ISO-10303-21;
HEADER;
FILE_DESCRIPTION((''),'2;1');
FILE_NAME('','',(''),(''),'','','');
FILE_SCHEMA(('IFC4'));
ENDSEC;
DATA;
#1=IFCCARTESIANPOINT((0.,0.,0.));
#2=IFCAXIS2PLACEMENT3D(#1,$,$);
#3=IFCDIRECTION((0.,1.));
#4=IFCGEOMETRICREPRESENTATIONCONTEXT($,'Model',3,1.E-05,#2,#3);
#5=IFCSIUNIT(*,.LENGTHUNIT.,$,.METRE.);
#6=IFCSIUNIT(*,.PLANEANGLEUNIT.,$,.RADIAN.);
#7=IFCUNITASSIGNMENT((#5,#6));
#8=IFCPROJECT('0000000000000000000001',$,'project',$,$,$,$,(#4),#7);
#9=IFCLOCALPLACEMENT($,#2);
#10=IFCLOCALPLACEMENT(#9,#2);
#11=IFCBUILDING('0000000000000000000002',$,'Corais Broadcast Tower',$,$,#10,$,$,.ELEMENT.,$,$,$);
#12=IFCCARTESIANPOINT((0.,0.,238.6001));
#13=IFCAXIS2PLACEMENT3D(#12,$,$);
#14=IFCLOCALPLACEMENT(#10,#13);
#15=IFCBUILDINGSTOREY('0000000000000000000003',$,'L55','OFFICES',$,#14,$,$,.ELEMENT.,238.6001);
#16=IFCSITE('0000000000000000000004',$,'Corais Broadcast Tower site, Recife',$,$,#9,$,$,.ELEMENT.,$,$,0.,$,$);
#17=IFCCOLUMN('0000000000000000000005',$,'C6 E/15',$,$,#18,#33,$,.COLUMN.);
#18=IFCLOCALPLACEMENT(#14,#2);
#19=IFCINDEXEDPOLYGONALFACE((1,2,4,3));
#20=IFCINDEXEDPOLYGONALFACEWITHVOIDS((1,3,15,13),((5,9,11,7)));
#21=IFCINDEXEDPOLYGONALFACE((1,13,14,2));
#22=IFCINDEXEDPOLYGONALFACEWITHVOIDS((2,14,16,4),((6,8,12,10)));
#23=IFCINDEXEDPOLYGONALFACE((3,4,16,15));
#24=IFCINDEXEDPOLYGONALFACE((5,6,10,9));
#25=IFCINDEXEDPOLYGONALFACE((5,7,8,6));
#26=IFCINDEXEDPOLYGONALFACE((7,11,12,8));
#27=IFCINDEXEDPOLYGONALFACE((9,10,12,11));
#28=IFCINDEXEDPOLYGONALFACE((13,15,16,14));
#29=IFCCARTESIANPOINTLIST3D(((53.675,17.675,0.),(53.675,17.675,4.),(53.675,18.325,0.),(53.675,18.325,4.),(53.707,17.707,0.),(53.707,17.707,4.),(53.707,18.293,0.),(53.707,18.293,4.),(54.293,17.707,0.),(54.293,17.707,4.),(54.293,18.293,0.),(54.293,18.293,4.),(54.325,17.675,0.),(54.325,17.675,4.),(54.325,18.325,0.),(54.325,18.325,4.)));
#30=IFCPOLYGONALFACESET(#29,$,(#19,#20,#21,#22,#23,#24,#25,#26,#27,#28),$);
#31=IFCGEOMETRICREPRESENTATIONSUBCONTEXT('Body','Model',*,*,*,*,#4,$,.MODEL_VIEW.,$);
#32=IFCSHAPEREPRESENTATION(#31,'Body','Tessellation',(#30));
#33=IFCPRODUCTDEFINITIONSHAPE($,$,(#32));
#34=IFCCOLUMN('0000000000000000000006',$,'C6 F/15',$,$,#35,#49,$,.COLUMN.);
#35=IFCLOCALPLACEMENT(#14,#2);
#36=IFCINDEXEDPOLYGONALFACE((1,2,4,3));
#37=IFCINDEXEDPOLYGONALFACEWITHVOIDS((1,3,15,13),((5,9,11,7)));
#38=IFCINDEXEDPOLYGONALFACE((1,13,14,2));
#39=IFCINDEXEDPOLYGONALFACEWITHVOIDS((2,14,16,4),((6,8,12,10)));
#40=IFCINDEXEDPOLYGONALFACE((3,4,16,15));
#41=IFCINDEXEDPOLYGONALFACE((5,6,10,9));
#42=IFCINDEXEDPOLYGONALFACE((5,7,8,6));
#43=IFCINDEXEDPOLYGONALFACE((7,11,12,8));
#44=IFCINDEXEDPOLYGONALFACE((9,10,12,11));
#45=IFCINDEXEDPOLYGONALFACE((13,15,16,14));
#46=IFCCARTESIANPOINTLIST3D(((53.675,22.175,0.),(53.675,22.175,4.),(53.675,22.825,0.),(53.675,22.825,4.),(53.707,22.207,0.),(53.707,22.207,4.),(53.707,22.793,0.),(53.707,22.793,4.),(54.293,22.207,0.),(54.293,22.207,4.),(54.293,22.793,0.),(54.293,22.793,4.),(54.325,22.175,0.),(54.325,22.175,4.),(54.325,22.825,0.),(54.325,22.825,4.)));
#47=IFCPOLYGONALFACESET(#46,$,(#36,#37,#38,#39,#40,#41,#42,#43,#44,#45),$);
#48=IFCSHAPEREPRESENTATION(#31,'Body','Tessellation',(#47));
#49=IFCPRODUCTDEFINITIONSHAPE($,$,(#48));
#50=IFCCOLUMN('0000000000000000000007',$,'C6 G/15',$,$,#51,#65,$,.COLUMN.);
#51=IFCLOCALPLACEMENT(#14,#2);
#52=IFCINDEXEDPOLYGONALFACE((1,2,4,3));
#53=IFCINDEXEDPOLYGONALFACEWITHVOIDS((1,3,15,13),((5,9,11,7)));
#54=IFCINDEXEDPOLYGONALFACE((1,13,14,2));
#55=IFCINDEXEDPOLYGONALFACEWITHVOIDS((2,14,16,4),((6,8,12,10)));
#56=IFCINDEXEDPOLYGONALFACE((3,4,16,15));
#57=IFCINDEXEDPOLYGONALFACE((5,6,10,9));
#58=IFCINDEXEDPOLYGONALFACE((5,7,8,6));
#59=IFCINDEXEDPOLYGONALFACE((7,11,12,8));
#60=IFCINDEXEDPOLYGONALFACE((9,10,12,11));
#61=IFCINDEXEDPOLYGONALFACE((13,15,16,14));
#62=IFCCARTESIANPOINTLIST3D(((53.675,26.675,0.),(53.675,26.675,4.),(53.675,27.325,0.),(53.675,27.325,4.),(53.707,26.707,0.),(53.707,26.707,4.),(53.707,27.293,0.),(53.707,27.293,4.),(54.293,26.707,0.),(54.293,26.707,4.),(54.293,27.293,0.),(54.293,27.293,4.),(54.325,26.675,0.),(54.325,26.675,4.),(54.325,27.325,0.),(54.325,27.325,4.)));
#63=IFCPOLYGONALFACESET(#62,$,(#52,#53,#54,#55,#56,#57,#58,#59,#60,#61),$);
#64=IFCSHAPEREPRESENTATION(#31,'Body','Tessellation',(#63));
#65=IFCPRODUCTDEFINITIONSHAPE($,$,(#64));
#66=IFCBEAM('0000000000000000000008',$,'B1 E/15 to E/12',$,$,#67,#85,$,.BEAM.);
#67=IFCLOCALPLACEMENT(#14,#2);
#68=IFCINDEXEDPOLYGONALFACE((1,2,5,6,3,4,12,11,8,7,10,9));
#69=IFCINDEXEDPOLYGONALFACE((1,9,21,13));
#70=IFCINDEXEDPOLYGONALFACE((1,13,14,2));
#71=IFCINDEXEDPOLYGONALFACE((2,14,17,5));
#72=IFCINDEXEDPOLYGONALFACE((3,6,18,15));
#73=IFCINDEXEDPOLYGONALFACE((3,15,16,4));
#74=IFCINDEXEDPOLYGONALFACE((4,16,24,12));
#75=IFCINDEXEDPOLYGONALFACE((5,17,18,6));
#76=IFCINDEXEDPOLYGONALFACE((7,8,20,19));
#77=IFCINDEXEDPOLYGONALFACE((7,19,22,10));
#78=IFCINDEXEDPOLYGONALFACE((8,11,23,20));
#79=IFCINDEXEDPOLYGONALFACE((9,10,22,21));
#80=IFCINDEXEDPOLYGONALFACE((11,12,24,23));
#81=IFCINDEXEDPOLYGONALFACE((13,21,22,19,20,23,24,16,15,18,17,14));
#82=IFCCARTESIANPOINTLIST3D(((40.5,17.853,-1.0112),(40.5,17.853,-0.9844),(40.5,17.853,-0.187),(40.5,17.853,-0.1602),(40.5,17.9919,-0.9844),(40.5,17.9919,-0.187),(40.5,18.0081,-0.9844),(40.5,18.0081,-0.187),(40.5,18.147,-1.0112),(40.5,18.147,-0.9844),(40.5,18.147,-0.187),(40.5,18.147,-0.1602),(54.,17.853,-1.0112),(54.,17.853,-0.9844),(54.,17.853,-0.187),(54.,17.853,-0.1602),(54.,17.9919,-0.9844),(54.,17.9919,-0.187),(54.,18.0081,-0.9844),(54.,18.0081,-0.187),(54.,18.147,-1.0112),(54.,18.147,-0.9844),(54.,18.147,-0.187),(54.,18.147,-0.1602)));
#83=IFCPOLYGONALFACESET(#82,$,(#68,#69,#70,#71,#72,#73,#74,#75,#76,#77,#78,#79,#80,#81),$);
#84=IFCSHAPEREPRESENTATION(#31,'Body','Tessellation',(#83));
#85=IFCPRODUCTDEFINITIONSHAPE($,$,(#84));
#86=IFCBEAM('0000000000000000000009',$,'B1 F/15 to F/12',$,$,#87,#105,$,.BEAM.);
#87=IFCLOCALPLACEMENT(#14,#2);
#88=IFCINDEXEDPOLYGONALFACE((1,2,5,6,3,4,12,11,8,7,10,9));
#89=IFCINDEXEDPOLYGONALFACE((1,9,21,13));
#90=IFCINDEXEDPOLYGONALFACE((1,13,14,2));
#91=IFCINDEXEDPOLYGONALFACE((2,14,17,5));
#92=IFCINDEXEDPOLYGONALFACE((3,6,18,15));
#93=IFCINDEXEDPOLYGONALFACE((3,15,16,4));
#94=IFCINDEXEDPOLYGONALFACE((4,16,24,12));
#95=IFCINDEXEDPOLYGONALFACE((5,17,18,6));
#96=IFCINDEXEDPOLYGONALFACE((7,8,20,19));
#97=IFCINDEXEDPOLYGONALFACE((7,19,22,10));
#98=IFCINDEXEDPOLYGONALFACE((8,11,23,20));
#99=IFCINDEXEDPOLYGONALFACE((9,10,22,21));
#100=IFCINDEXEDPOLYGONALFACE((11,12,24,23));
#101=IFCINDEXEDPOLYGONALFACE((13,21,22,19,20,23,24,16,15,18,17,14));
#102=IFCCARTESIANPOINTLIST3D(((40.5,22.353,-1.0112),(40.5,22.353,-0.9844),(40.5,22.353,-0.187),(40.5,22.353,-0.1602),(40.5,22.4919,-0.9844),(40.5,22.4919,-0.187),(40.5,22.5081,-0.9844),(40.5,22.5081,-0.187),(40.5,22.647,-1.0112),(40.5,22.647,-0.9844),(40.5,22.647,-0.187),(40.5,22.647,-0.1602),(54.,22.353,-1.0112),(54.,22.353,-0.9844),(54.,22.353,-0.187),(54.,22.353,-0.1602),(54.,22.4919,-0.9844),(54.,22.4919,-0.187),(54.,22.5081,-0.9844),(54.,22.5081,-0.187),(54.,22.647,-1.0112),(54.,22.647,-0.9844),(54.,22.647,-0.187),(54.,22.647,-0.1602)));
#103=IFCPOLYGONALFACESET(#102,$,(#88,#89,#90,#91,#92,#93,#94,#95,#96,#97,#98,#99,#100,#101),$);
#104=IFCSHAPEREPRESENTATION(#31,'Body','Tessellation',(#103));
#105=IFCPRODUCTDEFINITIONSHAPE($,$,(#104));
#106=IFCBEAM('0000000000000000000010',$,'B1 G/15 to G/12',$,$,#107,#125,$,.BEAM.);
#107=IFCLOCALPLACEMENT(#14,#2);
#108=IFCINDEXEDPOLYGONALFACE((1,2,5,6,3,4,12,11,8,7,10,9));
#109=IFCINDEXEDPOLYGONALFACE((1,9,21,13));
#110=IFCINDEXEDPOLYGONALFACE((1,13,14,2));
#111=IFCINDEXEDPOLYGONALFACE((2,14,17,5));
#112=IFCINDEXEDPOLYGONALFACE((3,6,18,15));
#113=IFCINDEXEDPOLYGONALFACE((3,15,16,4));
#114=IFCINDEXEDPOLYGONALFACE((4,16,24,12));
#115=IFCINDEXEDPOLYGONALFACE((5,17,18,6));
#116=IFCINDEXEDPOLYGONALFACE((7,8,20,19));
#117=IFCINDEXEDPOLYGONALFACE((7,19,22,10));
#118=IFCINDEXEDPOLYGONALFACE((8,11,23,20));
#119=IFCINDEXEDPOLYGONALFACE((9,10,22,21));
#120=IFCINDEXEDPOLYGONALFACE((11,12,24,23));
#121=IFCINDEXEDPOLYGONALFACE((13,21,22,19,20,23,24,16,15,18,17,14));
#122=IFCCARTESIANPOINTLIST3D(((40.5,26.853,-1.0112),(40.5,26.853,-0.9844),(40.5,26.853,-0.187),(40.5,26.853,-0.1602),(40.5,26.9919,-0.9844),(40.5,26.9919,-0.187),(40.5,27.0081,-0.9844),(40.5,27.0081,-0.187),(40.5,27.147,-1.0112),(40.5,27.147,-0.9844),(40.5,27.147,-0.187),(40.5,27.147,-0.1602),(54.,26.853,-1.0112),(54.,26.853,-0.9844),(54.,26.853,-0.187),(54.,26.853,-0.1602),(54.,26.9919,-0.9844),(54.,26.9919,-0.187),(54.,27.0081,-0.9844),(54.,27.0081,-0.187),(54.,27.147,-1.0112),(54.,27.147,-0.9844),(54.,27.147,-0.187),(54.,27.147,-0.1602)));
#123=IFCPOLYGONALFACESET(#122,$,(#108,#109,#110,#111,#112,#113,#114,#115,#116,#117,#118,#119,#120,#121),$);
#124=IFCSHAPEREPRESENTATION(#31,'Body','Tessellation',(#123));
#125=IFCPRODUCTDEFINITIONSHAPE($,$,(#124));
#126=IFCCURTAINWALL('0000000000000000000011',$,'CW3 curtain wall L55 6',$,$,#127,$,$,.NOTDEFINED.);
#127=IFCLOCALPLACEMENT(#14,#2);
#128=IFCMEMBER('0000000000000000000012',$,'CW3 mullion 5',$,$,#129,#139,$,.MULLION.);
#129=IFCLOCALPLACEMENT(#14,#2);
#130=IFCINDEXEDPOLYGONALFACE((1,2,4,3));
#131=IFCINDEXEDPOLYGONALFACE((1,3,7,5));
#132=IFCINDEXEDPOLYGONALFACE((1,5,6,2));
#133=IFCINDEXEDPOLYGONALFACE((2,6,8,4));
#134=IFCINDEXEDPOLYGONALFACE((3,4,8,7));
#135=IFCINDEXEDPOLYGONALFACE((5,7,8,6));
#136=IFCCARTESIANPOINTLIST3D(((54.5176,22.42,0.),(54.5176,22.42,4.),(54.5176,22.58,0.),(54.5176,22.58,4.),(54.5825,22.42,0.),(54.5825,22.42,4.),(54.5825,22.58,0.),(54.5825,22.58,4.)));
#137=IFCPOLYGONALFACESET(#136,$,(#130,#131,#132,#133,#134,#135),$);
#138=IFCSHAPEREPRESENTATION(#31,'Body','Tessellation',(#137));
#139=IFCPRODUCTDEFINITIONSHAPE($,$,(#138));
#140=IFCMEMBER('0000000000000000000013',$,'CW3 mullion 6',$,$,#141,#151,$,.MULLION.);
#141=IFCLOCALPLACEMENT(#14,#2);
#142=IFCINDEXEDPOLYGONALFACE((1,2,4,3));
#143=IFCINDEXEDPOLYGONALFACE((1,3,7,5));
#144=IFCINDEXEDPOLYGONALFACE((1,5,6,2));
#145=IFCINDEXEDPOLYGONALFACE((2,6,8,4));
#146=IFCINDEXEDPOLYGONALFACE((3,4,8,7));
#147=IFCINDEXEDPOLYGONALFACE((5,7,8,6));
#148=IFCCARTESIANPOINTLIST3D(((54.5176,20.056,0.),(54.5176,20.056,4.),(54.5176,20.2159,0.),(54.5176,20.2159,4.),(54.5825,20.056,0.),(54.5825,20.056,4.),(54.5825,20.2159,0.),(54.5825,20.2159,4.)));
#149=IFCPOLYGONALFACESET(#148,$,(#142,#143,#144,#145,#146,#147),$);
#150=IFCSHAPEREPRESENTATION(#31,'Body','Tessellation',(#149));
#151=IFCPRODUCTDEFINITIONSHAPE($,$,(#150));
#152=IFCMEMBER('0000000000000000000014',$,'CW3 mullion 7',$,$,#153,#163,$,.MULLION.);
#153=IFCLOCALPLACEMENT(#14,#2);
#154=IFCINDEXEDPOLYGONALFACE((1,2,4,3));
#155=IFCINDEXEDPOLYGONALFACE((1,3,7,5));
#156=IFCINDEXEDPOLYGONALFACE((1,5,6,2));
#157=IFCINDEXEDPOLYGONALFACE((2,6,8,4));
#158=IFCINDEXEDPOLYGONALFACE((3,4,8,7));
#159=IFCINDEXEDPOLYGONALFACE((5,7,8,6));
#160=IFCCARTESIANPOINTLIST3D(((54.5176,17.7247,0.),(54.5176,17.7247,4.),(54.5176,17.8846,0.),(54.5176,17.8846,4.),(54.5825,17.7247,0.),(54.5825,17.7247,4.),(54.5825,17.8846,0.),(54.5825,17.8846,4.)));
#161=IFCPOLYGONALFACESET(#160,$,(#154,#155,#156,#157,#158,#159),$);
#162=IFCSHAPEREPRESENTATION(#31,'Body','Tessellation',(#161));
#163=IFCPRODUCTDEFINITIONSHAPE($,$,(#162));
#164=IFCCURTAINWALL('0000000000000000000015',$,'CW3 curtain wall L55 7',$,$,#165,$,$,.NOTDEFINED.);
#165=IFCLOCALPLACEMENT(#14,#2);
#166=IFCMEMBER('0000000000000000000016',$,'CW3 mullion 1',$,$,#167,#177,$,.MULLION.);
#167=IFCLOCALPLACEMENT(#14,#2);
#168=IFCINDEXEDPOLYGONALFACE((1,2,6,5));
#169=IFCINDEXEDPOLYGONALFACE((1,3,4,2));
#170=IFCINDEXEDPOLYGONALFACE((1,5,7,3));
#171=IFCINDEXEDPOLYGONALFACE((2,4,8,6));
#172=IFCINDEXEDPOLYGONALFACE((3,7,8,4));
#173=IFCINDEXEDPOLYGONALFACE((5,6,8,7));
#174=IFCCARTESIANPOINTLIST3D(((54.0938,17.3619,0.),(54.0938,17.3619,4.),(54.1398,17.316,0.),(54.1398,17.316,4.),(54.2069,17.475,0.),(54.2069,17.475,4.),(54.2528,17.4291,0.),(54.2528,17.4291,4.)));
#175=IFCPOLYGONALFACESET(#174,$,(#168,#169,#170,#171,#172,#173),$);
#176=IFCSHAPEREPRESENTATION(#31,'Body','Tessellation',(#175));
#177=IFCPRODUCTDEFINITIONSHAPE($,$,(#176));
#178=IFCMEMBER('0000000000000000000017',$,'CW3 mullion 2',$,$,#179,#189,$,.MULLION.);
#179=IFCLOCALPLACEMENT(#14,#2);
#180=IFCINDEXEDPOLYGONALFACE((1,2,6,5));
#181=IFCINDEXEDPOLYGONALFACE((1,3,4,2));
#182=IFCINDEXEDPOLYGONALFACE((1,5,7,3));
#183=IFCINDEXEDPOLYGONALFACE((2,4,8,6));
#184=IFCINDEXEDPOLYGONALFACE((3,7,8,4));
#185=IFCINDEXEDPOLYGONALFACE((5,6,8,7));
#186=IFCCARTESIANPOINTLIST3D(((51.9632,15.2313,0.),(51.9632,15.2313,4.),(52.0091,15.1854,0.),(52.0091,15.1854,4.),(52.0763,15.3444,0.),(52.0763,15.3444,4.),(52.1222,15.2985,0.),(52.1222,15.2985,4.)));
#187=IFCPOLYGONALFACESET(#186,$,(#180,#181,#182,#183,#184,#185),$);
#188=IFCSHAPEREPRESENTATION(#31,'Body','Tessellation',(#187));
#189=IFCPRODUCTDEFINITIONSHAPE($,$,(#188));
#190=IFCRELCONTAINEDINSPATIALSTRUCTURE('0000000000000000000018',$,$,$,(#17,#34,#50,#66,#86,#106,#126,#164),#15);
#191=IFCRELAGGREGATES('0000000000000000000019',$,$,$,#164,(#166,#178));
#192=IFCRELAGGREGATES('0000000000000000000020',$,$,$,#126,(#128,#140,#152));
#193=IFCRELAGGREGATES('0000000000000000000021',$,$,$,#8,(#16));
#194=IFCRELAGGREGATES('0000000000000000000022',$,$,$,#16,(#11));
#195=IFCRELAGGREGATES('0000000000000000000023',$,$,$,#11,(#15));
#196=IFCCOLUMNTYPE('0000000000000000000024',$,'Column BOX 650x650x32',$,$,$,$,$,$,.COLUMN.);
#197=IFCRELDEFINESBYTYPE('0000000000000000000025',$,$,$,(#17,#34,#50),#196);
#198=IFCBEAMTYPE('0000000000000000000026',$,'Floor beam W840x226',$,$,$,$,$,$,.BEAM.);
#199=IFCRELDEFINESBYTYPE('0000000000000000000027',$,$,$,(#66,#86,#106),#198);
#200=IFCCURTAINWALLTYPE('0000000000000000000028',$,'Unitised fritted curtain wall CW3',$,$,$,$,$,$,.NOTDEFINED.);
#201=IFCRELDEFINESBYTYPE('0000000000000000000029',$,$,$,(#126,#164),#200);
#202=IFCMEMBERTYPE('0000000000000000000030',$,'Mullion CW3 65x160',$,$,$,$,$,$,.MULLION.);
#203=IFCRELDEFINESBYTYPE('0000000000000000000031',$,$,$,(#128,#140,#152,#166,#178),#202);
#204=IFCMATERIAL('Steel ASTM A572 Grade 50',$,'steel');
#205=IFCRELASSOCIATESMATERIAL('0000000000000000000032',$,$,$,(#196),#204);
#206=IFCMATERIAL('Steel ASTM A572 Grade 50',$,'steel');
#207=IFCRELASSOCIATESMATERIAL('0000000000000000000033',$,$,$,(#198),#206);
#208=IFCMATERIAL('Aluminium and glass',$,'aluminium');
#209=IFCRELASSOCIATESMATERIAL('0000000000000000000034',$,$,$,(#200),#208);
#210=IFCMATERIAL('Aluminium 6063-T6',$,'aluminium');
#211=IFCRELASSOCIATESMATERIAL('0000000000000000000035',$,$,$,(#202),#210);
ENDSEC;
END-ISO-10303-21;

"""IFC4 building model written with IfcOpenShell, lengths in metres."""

from ifc_helpers import new_model, si_unit, direction, frame, origin, origin_2d, place, context, subcontext, project, spatial, rectangle, hollow_rectangle, i_section, extrude, material, material_profile, profile_set, type_object, element, aggregate, save


model = new_model("IFC4")

# Units and contexts
model_context = context("Model", 3, precision=1e-05, world=origin(), true_north=direction((0.0, 1.0)))
body_context = subcontext(model_context, "Body", "Model", "MODEL_VIEW")
ifc_project = project(units=[si_unit("LENGTHUNIT", "METRE"), si_unit("PLANEANGLEUNIT", "RADIAN")], contexts=[model_context])

# Site, building, storey
site_placement = place(None, origin())
site = spatial("IfcSite", under=ifc_project, at=site_placement, Name="Corais Broadcast Tower site, Recife", CompositionType="ELEMENT", RefElevation=0.0)
building_placement = place(site_placement, origin())
building = spatial("IfcBuilding", under=site, at=building_placement, Name="Corais Broadcast Tower", CompositionType="ELEMENT")
storey_placement = place(building_placement, frame((0.0, 0.0, 238.6001)))
storey = spatial("IfcBuildingStorey", under=building, at=storey_placement, Name="L55", Description="OFFICES", CompositionType="ELEMENT", Elevation=238.6001)

# Columns
ifc_material_1 = material(Name="Steel ASTM A572 Grade 50", Category="steel")
ifc_material_profile_1 = material_profile(ifc_material_1, hollow_rectangle(XDim=0.6499, YDim=0.6499, WallThickness=0.032, at=origin_2d()), Name="BOX 650x650x32")
ifc_profile_set_1 = profile_set([ifc_material_profile_1], Name="Steel ASTM A572 Grade 50")
column_type = type_object("IfcColumnType", Name="Column BOX 650x650x32", PredefinedType="COLUMN", material=ifc_profile_set_1)
for number, where, z_axis, x_axis, name in (
    (1, (54.0, 18.0, 0.0), (0.0, 0.0, 1.0), (1.0, 0.0, 0.0), "C6 E/15"),
    (2, (54.0, 22.5, 0.0), (0.0, 0.0, 1.0), (1.0, 0.0, 0.0), "C6 F/15"),
    (3, (54.0, 27.0, 0.0), (0.0, 0.0, 1.0), (1.0, 0.0, 0.0), "C6 G/15"),
):
    element("IfcColumn", number, at=place(storey_placement, frame(where, z_axis=z_axis, x_axis=x_axis)), inside=storey, type_object=column_type, Name=name, PredefinedType="COLUMN", context=body_context, shape_type="SweptSolid", body=[
        extrude(hollow_rectangle(XDim=0.6499, YDim=0.6499, WallThickness=0.032, at=origin_2d()), origin(), (0.0, 0.0, 1.0), 4.0),
    ])

# Beams
ifc_material_2 = material(Name="Steel ASTM A572 Grade 50", Category="steel")
ifc_material_profile_2 = material_profile(ifc_material_2, i_section(OverallWidth=0.2939, OverallDepth=0.8511, WebThickness=0.0161, FlangeThickness=0.0269, at=origin_2d()), Name="W840x226")
ifc_profile_set_2 = profile_set([ifc_material_profile_2], Name="Steel ASTM A572 Grade 50")
beam_type_1 = type_object("IfcBeamType", Name="Floor beam W840x226", PredefinedType="BEAM", material=ifc_profile_set_2)
for number, where, z_axis, x_axis, name in (
    (4, (54.0, 18.0, -0.5857), (-1.0, 0.0, 0.0), (0.0, -1.0, 0.0), "B1 E/15 to E/12"),
    (5, (54.0, 22.5, -0.5857), (-1.0, 0.0, 0.0), (0.0, -1.0, 0.0), "B1 F/15 to F/12"),
    (6, (54.0, 27.0, -0.5857), (-1.0, 0.0, 0.0), (0.0, -1.0, 0.0), "B1 G/15 to G/12"),
):
    element("IfcBeam", number, at=place(storey_placement, frame(where, z_axis=z_axis, x_axis=x_axis)), inside=storey, type_object=beam_type_1, Name=name, PredefinedType="BEAM", context=body_context, shape_type="SweptSolid", body=[
        extrude(i_section(OverallWidth=0.2939, OverallDepth=0.8511, WebThickness=0.0161, FlangeThickness=0.0269, at=origin_2d()), origin(), (0.0, 0.0, 1.0), 13.5),
    ])

# Curtain walls, members
ifc_material_3 = material(Name="Aluminium and glass", Category="aluminium")
curtain_wall_type = type_object("IfcCurtainWallType", Name="Unitised fritted curtain wall CW3", PredefinedType="NOTDEFINED", material=ifc_material_3)
curtain_wall_1_placement = place(storey_placement, origin())
curtain_wall_1 = element("IfcCurtainWall", 7, at=curtain_wall_1_placement, inside=storey, type_object=curtain_wall_type, Name="CW3 curtain wall L55 6", PredefinedType="NOTDEFINED")
ifc_material_4 = material(Name="Aluminium 6063-T6", Category="aluminium")
ifc_material_profile_3 = material_profile(ifc_material_4, rectangle(XDim=0.0649, YDim=0.1599, at=origin_2d()), Name="Mullion CW3 65x160")
ifc_profile_set_3 = profile_set([ifc_material_profile_3], Name="Aluminium 6063-T6")
member_type_1 = type_object("IfcMemberType", Name="Mullion CW3 65x160", PredefinedType="MULLION", material=ifc_profile_set_3)
member_1_placement = place(storey_placement, frame((54.55, 22.5, 0.0), z_axis=(0.0, 0.0, 1.0), x_axis=(1.0, 0.0, 0.0)))
member_1 = element("IfcMember", 8, at=member_1_placement, type_object=member_type_1, Name="CW3 mullion 5", PredefinedType="MULLION", context=body_context, shape_type="SweptSolid", body=[
    extrude(rectangle(XDim=0.0649, YDim=0.1599, at=origin_2d()), origin(), (0.0, 0.0, 1.0), 4.0),
])
member_2_placement = place(storey_placement, frame((54.55, 20.136, 0.0), z_axis=(0.0, 0.0, 1.0), x_axis=(1.0, 0.0, 0.0)))
member_2 = element("IfcMember", 9, at=member_2_placement, type_object=member_type_1, Name="CW3 mullion 6", PredefinedType="MULLION", context=body_context, shape_type="SweptSolid", body=[
    extrude(rectangle(XDim=0.0649, YDim=0.1599, at=origin_2d()), origin(), (0.0, 0.0, 1.0), 4.0),
])
member_3_placement = place(storey_placement, frame((54.55, 17.8047, 0.0), z_axis=(0.0, 0.0, 1.0), x_axis=(1.0, 0.0, 0.0)))
member_3 = element("IfcMember", 10, at=member_3_placement, type_object=member_type_1, Name="CW3 mullion 7", PredefinedType="MULLION", context=body_context, shape_type="SweptSolid", body=[
    extrude(rectangle(XDim=0.0649, YDim=0.1599, at=origin_2d()), origin(), (0.0, 0.0, 1.0), 4.0),
])
curtain_wall_2_placement = place(storey_placement, origin())
curtain_wall_2 = element("IfcCurtainWall", 11, at=curtain_wall_2_placement, inside=storey, type_object=curtain_wall_type, Name="CW3 curtain wall L55 7", PredefinedType="NOTDEFINED")
member_4_placement = place(storey_placement, frame((54.1733, 17.3955, 0.0), z_axis=(0.0, 0.0, 1.0), x_axis=(0.707107, -0.707107, 0.0)))
member_4 = element("IfcMember", 12, at=member_4_placement, type_object=member_type_1, Name="CW3 mullion 1", PredefinedType="MULLION", context=body_context, shape_type="SweptSolid", body=[
    extrude(rectangle(XDim=0.0649, YDim=0.1599, at=origin_2d()), origin(), (0.0, 0.0, 1.0), 4.0),
])
member_5_placement = place(storey_placement, frame((52.0427, 15.2649, 0.0), z_axis=(0.0, 0.0, 1.0), x_axis=(0.707107, -0.707107, 0.0)))
member_5 = element("IfcMember", 13, at=member_5_placement, type_object=member_type_1, Name="CW3 mullion 2", PredefinedType="MULLION", context=body_context, shape_type="SweptSolid", body=[
    extrude(rectangle(XDim=0.0649, YDim=0.1599, at=origin_2d()), origin(), (0.0, 0.0, 1.0), 4.0),
])

aggregate(curtain_wall_2, [member_4, member_5])
aggregate(curtain_wall_1, [member_1, member_2, member_3])

save(model, "model.ifc")
